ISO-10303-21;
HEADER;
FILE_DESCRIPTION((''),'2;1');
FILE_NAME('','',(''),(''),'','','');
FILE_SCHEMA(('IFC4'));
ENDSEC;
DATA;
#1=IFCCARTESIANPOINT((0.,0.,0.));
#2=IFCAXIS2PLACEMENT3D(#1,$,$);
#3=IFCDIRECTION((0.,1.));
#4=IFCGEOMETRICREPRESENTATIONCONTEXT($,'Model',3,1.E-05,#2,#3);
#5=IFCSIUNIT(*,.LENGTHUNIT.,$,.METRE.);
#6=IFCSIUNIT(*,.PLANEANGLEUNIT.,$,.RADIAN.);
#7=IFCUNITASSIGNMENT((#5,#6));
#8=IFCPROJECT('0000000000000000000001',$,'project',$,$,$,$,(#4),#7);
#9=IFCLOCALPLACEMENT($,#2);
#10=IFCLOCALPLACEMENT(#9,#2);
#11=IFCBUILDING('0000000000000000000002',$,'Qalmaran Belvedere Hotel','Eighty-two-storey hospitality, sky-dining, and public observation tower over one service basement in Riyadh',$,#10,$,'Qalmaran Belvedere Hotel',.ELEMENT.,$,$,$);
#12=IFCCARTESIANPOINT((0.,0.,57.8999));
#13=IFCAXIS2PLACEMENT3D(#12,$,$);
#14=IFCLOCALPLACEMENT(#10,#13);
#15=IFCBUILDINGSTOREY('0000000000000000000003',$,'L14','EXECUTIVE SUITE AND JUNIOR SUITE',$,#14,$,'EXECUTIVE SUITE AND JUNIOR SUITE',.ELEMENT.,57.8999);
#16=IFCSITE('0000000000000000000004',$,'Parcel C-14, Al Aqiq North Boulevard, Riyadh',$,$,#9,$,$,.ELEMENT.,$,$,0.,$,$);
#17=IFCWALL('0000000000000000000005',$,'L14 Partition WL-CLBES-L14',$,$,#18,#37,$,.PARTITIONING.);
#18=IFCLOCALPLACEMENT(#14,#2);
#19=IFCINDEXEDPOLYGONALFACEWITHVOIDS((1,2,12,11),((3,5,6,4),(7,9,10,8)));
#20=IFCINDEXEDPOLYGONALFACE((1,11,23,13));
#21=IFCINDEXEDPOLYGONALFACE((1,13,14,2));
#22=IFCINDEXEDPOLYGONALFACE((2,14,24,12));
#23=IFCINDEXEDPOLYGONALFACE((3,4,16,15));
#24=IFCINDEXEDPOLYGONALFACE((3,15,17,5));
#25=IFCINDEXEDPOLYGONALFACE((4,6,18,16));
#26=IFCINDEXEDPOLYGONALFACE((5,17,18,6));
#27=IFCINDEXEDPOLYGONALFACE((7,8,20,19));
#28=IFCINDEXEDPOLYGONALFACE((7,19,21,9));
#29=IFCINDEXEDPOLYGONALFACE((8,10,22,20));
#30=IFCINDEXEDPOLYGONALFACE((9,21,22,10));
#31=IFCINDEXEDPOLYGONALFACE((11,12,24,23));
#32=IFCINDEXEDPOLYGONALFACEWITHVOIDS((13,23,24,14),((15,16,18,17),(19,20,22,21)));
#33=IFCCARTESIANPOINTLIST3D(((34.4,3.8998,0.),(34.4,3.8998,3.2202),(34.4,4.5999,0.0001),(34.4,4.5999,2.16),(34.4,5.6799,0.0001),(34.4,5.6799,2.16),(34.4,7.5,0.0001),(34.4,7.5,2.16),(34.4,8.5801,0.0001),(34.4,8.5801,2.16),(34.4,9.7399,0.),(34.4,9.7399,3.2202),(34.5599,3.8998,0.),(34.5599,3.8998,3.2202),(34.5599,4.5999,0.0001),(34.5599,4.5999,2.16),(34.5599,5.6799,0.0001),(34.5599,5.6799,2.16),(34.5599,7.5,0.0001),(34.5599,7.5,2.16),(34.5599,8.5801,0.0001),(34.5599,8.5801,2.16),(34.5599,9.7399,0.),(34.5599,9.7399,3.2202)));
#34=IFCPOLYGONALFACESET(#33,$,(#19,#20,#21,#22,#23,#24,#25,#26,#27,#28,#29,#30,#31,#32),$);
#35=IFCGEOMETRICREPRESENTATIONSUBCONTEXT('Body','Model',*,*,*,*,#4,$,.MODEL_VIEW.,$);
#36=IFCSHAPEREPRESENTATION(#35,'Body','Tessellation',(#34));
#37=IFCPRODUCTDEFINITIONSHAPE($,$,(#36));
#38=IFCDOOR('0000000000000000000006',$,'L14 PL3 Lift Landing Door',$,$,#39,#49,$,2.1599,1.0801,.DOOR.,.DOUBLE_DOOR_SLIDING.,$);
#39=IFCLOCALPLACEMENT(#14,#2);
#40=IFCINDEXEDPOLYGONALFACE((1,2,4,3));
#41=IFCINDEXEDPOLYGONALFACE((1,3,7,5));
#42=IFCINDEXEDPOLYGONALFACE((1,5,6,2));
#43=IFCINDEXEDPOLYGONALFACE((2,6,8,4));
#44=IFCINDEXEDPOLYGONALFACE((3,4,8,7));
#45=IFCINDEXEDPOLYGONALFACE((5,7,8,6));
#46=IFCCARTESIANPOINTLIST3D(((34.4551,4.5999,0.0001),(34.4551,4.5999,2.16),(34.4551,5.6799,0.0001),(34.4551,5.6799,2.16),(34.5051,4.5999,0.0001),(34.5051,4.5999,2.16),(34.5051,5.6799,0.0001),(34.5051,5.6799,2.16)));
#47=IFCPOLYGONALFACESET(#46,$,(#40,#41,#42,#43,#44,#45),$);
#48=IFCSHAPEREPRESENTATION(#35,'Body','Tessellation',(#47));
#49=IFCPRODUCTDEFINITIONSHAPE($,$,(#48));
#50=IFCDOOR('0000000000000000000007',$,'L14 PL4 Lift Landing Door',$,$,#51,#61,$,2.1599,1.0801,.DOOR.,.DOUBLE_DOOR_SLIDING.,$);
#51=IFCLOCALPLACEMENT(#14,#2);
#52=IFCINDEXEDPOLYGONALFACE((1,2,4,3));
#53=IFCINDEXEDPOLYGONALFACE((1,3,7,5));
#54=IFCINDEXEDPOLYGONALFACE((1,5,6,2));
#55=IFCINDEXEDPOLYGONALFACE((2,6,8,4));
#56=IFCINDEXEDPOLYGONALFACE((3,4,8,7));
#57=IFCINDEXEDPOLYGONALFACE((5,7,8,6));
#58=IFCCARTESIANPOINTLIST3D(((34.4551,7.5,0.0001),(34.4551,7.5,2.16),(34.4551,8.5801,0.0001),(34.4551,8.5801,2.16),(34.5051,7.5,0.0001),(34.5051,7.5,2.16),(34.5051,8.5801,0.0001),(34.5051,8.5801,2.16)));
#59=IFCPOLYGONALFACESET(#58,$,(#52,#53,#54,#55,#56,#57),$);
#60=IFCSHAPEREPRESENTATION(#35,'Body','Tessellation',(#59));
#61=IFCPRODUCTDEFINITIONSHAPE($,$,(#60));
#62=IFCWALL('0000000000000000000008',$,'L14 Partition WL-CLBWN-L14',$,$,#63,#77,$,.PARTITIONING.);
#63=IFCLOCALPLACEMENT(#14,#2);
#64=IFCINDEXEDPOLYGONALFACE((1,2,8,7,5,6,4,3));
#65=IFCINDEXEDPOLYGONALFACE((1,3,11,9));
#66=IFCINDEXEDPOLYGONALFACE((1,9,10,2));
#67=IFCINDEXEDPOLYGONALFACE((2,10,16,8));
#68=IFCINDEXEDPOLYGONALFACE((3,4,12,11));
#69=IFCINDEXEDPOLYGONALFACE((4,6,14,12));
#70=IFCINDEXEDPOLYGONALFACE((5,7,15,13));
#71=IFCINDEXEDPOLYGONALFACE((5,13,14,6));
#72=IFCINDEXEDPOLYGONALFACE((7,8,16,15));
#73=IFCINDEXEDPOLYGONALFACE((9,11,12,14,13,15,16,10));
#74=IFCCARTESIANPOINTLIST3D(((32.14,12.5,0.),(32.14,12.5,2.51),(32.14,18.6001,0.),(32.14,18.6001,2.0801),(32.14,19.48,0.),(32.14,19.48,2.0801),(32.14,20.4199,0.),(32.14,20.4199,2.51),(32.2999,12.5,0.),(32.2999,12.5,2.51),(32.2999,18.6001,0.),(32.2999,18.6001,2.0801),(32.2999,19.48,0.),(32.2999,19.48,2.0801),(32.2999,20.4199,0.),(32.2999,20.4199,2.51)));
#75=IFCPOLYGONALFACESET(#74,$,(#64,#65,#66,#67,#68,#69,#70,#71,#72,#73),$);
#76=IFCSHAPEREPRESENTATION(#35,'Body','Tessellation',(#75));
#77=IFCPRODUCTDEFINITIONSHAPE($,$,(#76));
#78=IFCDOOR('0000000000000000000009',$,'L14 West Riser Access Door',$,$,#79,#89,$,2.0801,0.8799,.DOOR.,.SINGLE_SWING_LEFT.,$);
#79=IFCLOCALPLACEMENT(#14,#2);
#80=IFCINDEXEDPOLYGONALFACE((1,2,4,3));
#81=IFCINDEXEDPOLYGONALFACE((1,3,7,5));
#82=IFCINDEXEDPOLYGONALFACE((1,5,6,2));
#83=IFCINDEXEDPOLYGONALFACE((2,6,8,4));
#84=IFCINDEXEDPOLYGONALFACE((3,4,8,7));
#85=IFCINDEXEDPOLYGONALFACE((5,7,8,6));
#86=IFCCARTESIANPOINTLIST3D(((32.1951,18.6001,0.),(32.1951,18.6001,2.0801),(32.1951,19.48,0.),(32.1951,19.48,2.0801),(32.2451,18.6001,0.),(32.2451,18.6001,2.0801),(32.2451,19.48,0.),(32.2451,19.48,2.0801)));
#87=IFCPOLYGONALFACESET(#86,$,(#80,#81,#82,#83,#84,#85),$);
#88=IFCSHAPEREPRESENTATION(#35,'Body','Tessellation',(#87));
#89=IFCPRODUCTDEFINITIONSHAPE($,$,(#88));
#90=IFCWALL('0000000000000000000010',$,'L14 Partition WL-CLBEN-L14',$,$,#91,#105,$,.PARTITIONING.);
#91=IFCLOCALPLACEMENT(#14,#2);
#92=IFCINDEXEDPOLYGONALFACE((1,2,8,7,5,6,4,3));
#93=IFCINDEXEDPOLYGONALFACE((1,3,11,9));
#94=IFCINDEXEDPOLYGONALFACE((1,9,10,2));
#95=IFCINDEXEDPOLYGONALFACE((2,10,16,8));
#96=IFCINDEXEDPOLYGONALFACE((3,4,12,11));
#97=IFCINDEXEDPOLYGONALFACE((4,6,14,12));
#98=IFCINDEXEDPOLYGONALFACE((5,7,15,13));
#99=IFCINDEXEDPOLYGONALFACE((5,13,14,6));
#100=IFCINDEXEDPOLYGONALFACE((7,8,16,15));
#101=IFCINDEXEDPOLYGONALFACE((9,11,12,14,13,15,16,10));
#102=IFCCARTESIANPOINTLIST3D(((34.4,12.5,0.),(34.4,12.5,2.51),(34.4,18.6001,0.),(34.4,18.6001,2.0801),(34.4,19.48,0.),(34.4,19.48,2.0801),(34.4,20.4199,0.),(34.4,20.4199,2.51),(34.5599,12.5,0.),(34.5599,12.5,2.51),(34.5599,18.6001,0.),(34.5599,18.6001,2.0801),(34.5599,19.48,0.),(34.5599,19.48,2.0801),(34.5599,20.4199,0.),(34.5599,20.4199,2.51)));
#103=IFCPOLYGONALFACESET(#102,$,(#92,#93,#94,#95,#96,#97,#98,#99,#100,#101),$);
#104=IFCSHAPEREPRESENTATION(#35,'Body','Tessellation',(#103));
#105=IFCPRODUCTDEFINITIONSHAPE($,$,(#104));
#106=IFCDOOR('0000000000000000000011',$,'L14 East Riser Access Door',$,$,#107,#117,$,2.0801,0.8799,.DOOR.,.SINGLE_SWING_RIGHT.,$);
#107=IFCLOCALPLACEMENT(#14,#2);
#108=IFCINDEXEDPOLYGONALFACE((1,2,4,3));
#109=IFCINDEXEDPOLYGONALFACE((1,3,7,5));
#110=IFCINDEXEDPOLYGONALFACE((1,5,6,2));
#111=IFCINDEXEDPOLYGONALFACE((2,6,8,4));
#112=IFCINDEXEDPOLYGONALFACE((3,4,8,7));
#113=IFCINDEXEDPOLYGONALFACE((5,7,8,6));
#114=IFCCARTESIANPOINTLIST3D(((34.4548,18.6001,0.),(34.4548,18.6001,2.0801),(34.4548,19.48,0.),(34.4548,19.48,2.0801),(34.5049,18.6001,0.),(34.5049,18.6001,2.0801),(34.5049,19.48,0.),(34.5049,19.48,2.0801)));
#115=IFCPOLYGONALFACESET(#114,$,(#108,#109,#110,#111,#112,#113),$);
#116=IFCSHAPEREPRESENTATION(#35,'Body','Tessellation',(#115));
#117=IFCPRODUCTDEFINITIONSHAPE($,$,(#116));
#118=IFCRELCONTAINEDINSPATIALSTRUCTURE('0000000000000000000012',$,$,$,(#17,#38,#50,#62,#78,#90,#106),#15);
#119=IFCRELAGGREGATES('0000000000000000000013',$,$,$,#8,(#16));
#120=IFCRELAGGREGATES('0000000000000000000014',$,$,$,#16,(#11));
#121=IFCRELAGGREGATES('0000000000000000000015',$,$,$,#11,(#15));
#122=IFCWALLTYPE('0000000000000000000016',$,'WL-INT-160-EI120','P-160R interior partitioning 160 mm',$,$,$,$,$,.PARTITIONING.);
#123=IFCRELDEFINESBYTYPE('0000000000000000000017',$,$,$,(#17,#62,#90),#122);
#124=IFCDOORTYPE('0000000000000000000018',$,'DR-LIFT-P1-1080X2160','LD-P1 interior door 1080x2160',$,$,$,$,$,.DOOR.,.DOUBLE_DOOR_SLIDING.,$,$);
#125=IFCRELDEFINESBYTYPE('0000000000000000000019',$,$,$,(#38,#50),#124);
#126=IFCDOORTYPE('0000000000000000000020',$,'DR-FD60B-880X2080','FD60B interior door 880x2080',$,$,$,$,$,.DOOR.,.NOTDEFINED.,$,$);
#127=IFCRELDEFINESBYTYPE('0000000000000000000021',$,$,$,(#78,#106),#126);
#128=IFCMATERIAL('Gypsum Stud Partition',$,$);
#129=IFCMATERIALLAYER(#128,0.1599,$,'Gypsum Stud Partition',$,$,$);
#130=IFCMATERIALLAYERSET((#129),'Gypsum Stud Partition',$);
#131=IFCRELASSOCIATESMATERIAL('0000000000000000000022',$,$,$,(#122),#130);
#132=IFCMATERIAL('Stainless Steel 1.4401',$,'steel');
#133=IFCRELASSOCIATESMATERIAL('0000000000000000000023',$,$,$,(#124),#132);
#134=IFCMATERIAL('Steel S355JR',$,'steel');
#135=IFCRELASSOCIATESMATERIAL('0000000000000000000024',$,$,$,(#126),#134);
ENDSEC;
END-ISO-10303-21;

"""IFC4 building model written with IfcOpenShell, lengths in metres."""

from ifc_helpers import new_model, si_unit, direction, frame, frame_2d, origin, place, context, subcontext, project, spatial, rectangle, extrude, material, layer, layer_set, type_object, element, fill, save


model = new_model("IFC4")

# Units and contexts
model_context = context("Model", 3, precision=1e-05, world=origin(), true_north=direction((0.0, 1.0)))
body_context = subcontext(model_context, "Body", "Model", "MODEL_VIEW")
ifc_project = project(units=[si_unit("LENGTHUNIT", "METRE"), si_unit("PLANEANGLEUNIT", "RADIAN")], contexts=[model_context])

# Site, building, storey
site_placement = place(None, origin())
site = spatial("IfcSite", under=ifc_project, at=site_placement, Name="Parcel C-14, Al Aqiq North Boulevard, Riyadh", CompositionType="ELEMENT", RefElevation=0.0)
building_placement = place(site_placement, origin())
building = spatial("IfcBuilding", under=site, at=building_placement, Name="Qalmaran Belvedere Hotel", Description="Eighty-two-storey hospitality, sky-dining, and public observation tower over one service basement in Riyadh", LongName="Qalmaran Belvedere Hotel", CompositionType="ELEMENT")
storey_placement = place(building_placement, frame((0.0, 0.0, 57.8999)))
storey = spatial("IfcBuildingStorey", under=building, at=storey_placement, Name="L14", Description="EXECUTIVE SUITE AND JUNIOR SUITE", LongName="EXECUTIVE SUITE AND JUNIOR SUITE", CompositionType="ELEMENT", Elevation=57.8999)

# Shared definitions
ifc_material_1 = material(Name="Steel S355JR", Category="steel")

# Shared definitions
ifc_material_2 = material(Name="Gypsum Stud Partition")

# Wall, openings, doors
ifc_layer_1 = layer(ifc_material_2, 0.1599, Name="Gypsum Stud Partition")
ifc_layer_set_1 = layer_set([ifc_layer_1], Name="Gypsum Stud Partition")
wall_type_1 = type_object("IfcWallType", Name="WL-INT-160-EI120", Description="P-160R interior partitioning 160 mm", PredefinedType="PARTITIONING", material=ifc_layer_set_1)
ifc_material_3 = material(Name="Stainless Steel 1.4401", Category="steel")
door_type_1 = type_object("IfcDoorType", Name="DR-LIFT-P1-1080X2160", Description="LD-P1 interior door 1080x2160", OperationType="DOUBLE_DOOR_SLIDING", PredefinedType="DOOR", material=ifc_material_3)
wall_1_placement = place(storey_placement, frame((34.48, 3.8999, 0.0), z_axis=(0.0, 0.0, 1.0), x_axis=(0.0, 1.0, 0.0)))
wall_1 = element("IfcWall", 1, at=wall_1_placement, inside=storey, type_object=wall_type_1, Name="L14 Partition WL-CLBES-L14", PredefinedType="PARTITIONING", context=body_context, shape_type="SweptSolid", body=[
    extrude(rectangle(XDim=5.8401, YDim=0.1599, at=frame_2d((2.9199, 0.0))), origin(), (0.0, 0.0, 1.0), 3.2202),
])
opening_1_placement = place(wall_1_placement, frame((0.7, 0.0, 0.0)))
opening_1 = element("IfcOpeningElement", 2, at=opening_1_placement, cuts=wall_1, PredefinedType="OPENING", context=body_context, shape_type="SweptSolid", body=[
    extrude(rectangle(XDim=1.0801, YDim=2.1599, at=frame_2d((0.54, 1.0801))), frame((0.0, 0.0898, 0.0), z_axis=(0.0, -1.0, 0.0), x_axis=(1.0, 0.0, 0.0)), (0.0, 0.0, 1.0), 0.1799),
])
opening_2_placement = place(wall_1_placement, frame((3.6001, 0.0, 0.0)))
opening_2 = element("IfcOpeningElement", 3, at=opening_2_placement, cuts=wall_1, PredefinedType="OPENING", context=body_context, shape_type="SweptSolid", body=[
    extrude(rectangle(XDim=1.0801, YDim=2.1599, at=frame_2d((0.54, 1.0801))), frame((0.0, 0.0898, 0.0), z_axis=(0.0, -1.0, 0.0), x_axis=(1.0, 0.0, 0.0)), (0.0, 0.0, 1.0), 0.1799),
])
door_1_placement = place(opening_1_placement, origin())
door_1 = element("IfcDoor", 4, at=door_1_placement, inside=storey, type_object=door_type_1, Name="L14 PL3 Lift Landing Door", OperationType="DOUBLE_DOOR_SLIDING", OverallHeight=2.1599, OverallWidth=1.0801, PredefinedType="DOOR", context=body_context, shape_type="SweptSolid", body=[
    extrude(rectangle(XDim=1.0801, YDim=2.1599, at=frame_2d((0.54, 1.0801))), frame((0.0, 0.0249, 0.0), z_axis=(0.0, -1.0, 0.0), x_axis=(1.0, 0.0, 0.0)), (0.0, 0.0, 1.0), 0.05),
])
fill(opening_1, door_1)
door_2_placement = place(opening_2_placement, origin())
door_2 = element("IfcDoor", 5, at=door_2_placement, inside=storey, type_object=door_type_1, Name="L14 PL4 Lift Landing Door", OperationType="DOUBLE_DOOR_SLIDING", OverallHeight=2.1599, OverallWidth=1.0801, PredefinedType="DOOR", context=body_context, shape_type="SweptSolid", body=[
    extrude(rectangle(XDim=1.0801, YDim=2.1599, at=frame_2d((0.54, 1.0801))), frame((0.0, 0.0249, 0.0), z_axis=(0.0, -1.0, 0.0), x_axis=(1.0, 0.0, 0.0)), (0.0, 0.0, 1.0), 0.05),
])
fill(opening_2, door_2)

# Walls, openings, doors
wall_2_placement = place(storey_placement, frame((32.22, 12.5, 0.0), z_axis=(0.0, 0.0, 1.0), x_axis=(0.0, 1.0, 0.0)))
wall_2 = element("IfcWall", 6, at=wall_2_placement, inside=storey, type_object=wall_type_1, Name="L14 Partition WL-CLBWN-L14", PredefinedType="PARTITIONING", context=body_context, shape_type="SweptSolid", body=[
    extrude(rectangle(XDim=7.9199, YDim=0.1599, at=frame_2d((3.96, 0.0))), origin(), (0.0, 0.0, 1.0), 2.51),
])
opening_3_placement = place(wall_2_placement, frame((6.1001, 0.0, 0.0)))
opening_3 = element("IfcOpeningElement", 7, at=opening_3_placement, cuts=wall_2, PredefinedType="OPENING", context=body_context, shape_type="SweptSolid", body=[
    extrude(rectangle(XDim=0.8799, YDim=2.0801, at=frame_2d((0.4399, 1.04))), frame((0.0, 0.0898, 0.0), z_axis=(0.0, -1.0, 0.0), x_axis=(1.0, 0.0, 0.0)), (0.0, 0.0, 1.0), 0.1799),
])
door_type_2 = type_object("IfcDoorType", Name="DR-FD60B-880X2080", Description="FD60B interior door 880x2080", OperationType="NOTDEFINED", PredefinedType="DOOR", material=ifc_material_1)
door_3_placement = place(opening_3_placement, origin())
door_3 = element("IfcDoor", 8, at=door_3_placement, inside=storey, type_object=door_type_2, Name="L14 West Riser Access Door", OperationType="SINGLE_SWING_LEFT", OverallHeight=2.0801, OverallWidth=0.8799, PredefinedType="DOOR", context=body_context, shape_type="SweptSolid", body=[
    extrude(rectangle(XDim=0.8799, YDim=2.0801, at=frame_2d((0.4399, 1.04))), frame((0.0, 0.0249, 0.0), z_axis=(0.0, -1.0, 0.0), x_axis=(1.0, 0.0, 0.0)), (0.0, 0.0, 1.0), 0.05),
])
fill(opening_3, door_3)
wall_3_placement = place(storey_placement, frame((34.48, 12.5, 0.0), z_axis=(0.0, 0.0, 1.0), x_axis=(0.0, 1.0, 0.0)))
wall_3 = element("IfcWall", 9, at=wall_3_placement, inside=storey, type_object=wall_type_1, Name="L14 Partition WL-CLBEN-L14", PredefinedType="PARTITIONING", context=body_context, shape_type="SweptSolid", body=[
    extrude(rectangle(XDim=7.9199, YDim=0.1599, at=frame_2d((3.96, 0.0))), origin(), (0.0, 0.0, 1.0), 2.51),
])
opening_4_placement = place(wall_3_placement, frame((6.98, 0.0, 0.0), z_axis=(0.0, 0.0, 1.0), x_axis=(-1.0, 0.0, 0.0)))
opening_4 = element("IfcOpeningElement", 10, at=opening_4_placement, cuts=wall_3, PredefinedType="OPENING", context=body_context, shape_type="SweptSolid", body=[
    extrude(rectangle(XDim=0.8799, YDim=2.0801, at=frame_2d((0.4399, 1.04))), frame((0.0, 0.0898, 0.0), z_axis=(0.0, -1.0, 0.0), x_axis=(1.0, 0.0, 0.0)), (0.0, 0.0, 1.0), 0.1799),
])
door_4_placement = place(opening_4_placement, origin())
door_4 = element("IfcDoor", 11, at=door_4_placement, inside=storey, type_object=door_type_2, Name="L14 East Riser Access Door", OperationType="SINGLE_SWING_RIGHT", OverallHeight=2.0801, OverallWidth=0.8799, PredefinedType="DOOR", context=body_context, shape_type="SweptSolid", body=[
    extrude(rectangle(XDim=0.8799, YDim=2.0801, at=frame_2d((0.4399, 1.04))), frame((0.0, 0.0249, 0.0), z_axis=(0.0, -1.0, 0.0), x_axis=(1.0, 0.0, 0.0)), (0.0, 0.0, 1.0), 0.05),
])
fill(opening_4, door_4)

save(model, "model.ifc")
